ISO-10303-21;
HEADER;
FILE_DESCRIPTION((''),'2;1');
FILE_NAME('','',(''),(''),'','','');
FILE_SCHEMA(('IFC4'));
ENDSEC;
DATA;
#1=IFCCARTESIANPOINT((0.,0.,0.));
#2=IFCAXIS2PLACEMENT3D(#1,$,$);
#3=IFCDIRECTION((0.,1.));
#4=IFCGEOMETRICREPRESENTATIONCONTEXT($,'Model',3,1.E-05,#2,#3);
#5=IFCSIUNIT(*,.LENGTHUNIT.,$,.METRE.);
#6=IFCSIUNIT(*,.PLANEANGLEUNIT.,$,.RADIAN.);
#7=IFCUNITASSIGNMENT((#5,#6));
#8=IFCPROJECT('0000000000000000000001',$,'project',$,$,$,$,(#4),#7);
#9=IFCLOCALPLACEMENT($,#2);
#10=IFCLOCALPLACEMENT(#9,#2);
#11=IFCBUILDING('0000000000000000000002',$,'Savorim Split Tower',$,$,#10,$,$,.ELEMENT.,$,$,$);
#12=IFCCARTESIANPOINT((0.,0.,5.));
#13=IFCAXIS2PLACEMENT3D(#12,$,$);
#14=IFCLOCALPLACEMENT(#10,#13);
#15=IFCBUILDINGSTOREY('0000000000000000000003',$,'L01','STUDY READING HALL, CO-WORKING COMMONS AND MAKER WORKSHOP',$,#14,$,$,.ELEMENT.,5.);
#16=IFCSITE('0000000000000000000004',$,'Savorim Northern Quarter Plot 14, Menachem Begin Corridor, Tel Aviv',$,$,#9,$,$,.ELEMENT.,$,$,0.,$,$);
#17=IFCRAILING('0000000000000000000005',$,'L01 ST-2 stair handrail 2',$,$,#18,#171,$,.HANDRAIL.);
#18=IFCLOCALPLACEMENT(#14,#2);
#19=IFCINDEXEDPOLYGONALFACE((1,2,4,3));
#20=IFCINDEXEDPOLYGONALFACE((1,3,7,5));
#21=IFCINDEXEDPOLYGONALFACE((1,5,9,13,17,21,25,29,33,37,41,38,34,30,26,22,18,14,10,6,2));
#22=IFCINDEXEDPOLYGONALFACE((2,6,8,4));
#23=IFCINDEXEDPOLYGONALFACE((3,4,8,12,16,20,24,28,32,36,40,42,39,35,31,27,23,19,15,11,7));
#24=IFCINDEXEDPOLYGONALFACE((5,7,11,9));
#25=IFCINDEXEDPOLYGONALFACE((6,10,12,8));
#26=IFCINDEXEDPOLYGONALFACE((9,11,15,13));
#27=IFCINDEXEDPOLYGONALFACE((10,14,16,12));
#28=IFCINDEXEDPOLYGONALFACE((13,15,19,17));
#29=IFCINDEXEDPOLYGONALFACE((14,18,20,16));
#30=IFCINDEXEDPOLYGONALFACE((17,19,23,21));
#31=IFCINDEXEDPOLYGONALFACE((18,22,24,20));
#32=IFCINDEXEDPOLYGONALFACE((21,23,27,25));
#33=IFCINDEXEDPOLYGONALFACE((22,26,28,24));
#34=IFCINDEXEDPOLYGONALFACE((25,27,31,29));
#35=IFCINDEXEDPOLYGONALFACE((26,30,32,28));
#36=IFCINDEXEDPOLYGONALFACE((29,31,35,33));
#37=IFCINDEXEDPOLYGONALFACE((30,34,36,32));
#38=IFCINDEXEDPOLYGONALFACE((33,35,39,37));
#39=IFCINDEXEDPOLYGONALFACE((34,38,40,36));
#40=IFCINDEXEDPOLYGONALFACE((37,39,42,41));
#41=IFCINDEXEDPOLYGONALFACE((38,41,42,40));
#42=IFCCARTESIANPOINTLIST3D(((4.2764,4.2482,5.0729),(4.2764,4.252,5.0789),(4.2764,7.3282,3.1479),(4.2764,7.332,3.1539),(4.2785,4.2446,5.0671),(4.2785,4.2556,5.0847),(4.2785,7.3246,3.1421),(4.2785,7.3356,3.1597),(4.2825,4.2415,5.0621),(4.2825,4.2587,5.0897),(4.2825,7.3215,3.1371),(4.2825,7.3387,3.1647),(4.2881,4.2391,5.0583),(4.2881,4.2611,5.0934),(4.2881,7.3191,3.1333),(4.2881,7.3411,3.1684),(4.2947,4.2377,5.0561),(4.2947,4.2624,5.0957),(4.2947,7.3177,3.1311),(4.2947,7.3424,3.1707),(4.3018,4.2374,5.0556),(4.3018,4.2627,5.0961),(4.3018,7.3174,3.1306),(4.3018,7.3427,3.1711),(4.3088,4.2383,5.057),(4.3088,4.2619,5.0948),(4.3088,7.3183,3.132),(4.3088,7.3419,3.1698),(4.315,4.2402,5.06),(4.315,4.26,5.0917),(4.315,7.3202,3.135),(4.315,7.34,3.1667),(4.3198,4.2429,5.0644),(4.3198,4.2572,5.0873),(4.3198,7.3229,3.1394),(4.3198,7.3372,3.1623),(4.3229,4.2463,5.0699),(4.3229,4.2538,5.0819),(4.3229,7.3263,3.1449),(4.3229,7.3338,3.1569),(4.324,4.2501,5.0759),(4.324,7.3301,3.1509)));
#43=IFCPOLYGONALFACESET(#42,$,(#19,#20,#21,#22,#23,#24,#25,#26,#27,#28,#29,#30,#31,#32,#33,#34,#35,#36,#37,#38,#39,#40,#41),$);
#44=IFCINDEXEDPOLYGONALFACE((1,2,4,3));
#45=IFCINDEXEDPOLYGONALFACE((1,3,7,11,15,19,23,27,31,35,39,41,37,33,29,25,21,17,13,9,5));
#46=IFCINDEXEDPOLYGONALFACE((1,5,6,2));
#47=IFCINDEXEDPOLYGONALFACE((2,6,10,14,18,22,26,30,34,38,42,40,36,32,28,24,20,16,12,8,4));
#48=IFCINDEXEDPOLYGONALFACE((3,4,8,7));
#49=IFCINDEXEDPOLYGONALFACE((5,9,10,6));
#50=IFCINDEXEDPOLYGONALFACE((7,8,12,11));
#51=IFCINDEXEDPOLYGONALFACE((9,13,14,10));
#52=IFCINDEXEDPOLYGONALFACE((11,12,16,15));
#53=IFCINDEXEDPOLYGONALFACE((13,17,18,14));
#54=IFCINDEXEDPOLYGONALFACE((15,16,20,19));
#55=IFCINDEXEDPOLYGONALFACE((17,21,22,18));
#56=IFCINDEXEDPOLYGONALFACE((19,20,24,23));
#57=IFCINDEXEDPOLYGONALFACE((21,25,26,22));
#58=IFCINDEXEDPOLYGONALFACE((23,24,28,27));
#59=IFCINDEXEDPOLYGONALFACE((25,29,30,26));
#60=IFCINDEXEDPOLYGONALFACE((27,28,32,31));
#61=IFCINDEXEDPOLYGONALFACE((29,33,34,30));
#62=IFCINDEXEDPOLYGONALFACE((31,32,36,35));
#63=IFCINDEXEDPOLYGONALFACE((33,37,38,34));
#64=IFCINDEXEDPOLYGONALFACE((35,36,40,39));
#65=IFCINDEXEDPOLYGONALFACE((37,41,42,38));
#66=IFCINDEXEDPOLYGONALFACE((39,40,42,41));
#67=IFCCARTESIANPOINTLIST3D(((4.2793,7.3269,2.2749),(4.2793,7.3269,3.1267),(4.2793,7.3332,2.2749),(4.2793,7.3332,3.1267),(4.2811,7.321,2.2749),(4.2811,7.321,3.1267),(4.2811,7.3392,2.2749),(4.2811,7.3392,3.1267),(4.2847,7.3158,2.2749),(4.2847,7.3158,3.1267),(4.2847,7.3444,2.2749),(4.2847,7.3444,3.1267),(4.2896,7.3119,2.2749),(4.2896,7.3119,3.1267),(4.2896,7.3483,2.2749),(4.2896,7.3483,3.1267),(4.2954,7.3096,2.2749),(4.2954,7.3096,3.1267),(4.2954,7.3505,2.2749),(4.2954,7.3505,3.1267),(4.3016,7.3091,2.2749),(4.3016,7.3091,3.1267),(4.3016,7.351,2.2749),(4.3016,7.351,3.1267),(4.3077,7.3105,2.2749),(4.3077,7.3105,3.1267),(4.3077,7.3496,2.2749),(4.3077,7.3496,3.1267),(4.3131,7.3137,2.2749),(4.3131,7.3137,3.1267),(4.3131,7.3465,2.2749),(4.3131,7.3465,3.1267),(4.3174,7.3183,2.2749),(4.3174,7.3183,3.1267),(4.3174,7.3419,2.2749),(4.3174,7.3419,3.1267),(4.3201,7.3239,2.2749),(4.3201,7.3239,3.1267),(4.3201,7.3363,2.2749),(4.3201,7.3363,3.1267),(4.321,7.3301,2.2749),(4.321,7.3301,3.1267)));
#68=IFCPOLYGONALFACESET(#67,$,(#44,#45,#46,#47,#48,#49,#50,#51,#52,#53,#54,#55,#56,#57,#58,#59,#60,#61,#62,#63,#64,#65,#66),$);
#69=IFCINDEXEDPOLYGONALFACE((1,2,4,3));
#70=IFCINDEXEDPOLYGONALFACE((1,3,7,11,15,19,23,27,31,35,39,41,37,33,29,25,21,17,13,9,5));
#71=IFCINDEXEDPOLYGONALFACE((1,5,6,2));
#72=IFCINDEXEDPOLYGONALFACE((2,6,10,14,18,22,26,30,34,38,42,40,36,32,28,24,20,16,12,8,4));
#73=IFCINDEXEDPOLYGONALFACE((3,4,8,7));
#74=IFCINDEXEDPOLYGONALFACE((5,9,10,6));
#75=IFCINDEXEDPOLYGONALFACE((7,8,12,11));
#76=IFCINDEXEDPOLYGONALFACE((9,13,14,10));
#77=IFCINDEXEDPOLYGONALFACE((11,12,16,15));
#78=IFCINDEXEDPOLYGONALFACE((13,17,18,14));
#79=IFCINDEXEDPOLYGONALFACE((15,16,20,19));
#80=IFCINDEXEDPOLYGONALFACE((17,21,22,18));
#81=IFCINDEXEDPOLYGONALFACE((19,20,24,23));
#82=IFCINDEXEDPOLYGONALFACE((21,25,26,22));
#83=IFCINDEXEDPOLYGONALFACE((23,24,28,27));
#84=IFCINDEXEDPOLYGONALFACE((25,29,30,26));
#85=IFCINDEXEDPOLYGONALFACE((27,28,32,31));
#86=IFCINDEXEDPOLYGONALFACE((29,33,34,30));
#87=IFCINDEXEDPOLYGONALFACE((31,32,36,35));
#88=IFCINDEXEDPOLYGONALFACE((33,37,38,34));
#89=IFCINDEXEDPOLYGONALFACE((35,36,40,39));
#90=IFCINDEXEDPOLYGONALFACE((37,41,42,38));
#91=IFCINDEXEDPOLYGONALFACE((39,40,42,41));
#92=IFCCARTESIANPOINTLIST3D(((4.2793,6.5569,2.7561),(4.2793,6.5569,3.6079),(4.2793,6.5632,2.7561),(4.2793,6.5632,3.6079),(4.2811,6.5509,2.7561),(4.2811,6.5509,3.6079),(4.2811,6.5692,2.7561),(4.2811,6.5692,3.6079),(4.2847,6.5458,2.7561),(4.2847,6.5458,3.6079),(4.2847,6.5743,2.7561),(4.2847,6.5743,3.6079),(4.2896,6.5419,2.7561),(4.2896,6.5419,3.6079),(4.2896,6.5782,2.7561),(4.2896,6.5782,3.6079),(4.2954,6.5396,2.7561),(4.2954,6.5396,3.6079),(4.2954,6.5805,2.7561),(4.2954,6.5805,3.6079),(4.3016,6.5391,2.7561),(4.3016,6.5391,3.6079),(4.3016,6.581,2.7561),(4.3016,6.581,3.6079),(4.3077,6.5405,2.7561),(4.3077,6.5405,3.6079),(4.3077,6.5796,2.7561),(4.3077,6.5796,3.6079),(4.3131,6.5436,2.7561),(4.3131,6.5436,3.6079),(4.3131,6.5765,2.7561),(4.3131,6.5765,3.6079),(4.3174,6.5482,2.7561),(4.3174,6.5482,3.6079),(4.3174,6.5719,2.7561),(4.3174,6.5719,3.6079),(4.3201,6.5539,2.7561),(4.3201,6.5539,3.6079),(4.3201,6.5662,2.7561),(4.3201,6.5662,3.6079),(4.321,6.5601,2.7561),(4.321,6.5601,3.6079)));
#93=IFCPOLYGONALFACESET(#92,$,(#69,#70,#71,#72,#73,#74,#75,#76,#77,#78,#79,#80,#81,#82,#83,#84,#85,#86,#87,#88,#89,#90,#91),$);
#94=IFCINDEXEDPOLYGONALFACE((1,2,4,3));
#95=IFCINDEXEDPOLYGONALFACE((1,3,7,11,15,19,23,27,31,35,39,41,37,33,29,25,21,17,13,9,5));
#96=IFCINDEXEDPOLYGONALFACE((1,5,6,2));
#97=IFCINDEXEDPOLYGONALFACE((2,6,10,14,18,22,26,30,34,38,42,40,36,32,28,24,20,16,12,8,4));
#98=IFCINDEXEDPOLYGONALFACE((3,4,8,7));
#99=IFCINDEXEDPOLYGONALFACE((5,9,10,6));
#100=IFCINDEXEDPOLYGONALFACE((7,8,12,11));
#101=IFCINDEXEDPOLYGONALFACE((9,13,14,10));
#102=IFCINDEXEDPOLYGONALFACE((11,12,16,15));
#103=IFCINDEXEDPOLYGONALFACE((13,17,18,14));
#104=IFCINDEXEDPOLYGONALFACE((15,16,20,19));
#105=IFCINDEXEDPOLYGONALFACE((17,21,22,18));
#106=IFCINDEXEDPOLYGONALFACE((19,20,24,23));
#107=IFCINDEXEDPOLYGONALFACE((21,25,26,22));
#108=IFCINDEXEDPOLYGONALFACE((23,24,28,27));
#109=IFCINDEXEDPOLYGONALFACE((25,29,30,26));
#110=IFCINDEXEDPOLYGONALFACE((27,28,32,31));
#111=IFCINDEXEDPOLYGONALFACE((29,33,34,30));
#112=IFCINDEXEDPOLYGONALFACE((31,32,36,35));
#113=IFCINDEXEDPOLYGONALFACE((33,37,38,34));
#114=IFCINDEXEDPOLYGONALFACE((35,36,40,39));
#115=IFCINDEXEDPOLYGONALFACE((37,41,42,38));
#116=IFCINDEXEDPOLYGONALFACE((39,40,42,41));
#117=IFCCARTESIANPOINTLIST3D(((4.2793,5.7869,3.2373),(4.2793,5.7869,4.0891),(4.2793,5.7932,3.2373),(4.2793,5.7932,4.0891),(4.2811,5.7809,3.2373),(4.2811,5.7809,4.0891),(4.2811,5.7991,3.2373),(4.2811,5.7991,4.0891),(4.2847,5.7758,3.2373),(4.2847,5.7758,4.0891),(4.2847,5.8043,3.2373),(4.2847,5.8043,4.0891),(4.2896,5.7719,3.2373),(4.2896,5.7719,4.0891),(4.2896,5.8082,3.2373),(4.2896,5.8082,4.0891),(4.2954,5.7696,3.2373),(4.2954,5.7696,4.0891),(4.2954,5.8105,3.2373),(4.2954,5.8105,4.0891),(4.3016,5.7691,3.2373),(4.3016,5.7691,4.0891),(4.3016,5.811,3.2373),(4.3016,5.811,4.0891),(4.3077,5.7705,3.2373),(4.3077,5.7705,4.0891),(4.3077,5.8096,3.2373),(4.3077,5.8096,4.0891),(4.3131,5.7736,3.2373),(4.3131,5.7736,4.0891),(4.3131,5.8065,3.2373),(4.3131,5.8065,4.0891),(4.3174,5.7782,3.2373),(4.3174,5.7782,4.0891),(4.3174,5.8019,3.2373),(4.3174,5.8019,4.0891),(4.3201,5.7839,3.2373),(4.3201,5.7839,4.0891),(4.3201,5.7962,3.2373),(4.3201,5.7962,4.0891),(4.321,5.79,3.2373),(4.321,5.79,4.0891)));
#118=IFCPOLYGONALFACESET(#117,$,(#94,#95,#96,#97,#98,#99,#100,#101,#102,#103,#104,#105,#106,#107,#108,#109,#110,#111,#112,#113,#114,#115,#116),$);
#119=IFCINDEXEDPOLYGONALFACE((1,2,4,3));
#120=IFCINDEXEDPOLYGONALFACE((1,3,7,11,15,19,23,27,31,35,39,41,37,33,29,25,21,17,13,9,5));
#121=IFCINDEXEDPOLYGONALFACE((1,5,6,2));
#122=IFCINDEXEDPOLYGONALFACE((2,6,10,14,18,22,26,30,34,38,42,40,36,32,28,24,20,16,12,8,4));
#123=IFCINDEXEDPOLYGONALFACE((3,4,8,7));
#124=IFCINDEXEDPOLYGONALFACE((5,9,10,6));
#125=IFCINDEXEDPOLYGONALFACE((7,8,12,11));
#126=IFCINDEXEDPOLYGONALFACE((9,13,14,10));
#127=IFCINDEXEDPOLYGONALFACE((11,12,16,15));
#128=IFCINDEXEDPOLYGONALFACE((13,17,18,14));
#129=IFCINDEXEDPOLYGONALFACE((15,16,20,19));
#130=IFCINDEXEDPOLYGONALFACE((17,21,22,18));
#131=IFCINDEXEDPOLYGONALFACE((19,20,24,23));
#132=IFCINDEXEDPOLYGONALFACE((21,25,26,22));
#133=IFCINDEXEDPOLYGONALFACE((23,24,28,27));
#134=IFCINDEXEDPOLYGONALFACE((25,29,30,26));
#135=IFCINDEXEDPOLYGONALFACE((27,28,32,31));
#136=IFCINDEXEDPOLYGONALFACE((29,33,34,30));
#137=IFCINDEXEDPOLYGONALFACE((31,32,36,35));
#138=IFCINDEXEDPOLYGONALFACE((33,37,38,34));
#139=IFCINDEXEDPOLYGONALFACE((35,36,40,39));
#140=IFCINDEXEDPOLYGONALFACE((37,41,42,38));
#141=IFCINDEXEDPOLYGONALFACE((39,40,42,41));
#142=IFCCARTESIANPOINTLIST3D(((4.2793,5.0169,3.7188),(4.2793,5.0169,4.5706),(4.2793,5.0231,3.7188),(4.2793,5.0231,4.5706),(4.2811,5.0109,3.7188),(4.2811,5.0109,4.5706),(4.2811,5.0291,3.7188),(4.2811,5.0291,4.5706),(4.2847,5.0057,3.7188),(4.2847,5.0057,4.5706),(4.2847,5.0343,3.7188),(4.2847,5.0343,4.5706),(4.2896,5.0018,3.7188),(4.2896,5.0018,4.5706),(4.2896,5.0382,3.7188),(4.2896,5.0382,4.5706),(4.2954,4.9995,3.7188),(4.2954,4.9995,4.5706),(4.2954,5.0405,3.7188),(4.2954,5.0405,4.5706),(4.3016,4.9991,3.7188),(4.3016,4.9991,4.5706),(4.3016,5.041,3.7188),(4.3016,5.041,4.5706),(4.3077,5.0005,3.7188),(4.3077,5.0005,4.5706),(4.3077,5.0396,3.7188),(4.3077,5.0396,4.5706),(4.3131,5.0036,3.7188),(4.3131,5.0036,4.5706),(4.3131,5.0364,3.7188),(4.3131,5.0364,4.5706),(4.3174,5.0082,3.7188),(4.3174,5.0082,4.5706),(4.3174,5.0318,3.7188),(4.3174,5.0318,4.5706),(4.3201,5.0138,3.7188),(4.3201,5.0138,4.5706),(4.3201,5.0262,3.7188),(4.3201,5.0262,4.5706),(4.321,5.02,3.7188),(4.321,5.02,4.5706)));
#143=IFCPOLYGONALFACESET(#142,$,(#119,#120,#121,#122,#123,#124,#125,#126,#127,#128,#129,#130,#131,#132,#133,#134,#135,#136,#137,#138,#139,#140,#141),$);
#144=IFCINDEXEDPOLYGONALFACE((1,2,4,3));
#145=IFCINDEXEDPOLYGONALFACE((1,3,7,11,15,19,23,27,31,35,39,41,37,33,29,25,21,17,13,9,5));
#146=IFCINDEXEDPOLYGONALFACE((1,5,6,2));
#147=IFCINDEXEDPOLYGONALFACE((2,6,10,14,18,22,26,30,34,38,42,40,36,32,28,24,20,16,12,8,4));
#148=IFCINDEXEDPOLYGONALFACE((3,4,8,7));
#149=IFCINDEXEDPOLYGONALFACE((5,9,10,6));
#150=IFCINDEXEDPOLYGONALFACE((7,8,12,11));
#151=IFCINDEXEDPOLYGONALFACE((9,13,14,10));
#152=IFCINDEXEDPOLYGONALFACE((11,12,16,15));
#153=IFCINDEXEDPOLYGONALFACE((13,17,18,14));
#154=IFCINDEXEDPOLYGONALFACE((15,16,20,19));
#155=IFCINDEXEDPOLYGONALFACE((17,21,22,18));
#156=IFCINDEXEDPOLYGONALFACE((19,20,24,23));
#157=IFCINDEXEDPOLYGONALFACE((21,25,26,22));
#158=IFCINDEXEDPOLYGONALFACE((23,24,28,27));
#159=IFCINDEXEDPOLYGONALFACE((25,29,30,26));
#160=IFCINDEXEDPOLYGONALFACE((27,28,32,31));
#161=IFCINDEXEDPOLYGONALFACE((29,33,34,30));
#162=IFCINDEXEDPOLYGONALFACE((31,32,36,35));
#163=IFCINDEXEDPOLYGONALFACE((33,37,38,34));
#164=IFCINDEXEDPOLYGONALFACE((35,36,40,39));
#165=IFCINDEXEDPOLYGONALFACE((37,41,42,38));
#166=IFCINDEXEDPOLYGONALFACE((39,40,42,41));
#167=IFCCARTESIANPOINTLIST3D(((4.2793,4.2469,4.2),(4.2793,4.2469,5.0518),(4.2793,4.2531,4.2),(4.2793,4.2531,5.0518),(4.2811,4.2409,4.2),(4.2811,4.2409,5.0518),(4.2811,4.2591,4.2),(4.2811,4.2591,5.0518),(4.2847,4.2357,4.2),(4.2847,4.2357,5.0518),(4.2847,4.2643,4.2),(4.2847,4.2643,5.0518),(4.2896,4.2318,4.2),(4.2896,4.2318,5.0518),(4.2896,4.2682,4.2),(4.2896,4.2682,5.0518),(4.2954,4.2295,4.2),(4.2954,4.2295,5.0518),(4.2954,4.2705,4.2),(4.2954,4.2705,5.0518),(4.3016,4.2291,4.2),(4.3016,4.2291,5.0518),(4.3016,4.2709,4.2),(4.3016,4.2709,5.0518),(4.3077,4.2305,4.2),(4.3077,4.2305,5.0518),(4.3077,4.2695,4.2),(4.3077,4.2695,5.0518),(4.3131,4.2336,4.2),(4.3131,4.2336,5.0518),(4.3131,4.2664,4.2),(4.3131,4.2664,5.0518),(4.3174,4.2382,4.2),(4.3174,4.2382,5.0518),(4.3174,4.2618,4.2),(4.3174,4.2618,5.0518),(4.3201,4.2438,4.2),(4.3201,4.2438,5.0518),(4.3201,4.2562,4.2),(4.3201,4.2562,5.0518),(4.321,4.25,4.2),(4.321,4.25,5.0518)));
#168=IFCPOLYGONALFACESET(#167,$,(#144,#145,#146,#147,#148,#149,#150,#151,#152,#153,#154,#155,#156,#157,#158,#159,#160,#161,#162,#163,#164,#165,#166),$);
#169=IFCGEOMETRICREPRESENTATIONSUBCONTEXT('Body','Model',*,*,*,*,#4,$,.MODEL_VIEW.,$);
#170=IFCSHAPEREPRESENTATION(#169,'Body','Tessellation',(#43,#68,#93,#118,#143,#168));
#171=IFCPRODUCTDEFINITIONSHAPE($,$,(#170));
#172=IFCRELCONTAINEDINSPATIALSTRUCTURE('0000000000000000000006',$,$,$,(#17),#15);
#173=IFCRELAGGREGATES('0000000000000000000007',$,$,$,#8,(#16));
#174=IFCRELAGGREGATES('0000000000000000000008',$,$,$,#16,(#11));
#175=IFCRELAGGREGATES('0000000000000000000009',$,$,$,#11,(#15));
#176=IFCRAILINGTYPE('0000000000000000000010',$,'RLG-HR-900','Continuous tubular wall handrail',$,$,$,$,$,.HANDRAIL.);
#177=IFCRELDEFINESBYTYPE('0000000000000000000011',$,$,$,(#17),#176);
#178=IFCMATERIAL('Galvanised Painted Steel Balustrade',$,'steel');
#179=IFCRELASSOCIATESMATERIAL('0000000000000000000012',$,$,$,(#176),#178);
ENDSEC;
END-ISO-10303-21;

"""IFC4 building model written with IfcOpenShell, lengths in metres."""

from ifc_helpers import new_model, si_unit, direction, frame, origin, origin_2d, place, context, subcontext, project, spatial, circle, extrude, material, type_object, element, save


model = new_model("IFC4")

# Units and contexts
model_context = context("Model", 3, precision=1e-05, world=origin(), true_north=direction((0.0, 1.0)))
body_context = subcontext(model_context, "Body", "Model", "MODEL_VIEW")
ifc_project = project(units=[si_unit("LENGTHUNIT", "METRE"), si_unit("PLANEANGLEUNIT", "RADIAN")], contexts=[model_context])

# Site, building, storey
site_placement = place(None, origin())
site = spatial("IfcSite", under=ifc_project, at=site_placement, Name="Savorim Northern Quarter Plot 14, Menachem Begin Corridor, Tel Aviv", CompositionType="ELEMENT", RefElevation=0.0)
building_placement = place(site_placement, origin())
building = spatial("IfcBuilding", under=site, at=building_placement, Name="Savorim Split Tower", CompositionType="ELEMENT")
storey_placement = place(building_placement, frame((0.0, 0.0, 5.0)))
storey = spatial("IfcBuildingStorey", under=building, at=storey_placement, Name="L01", Description="STUDY READING HALL, CO-WORKING COMMONS AND MAKER WORKSHOP", CompositionType="ELEMENT", Elevation=5.0)

# Railing
ifc_material_1 = material(Name="Galvanised Painted Steel Balustrade", Category="steel")
railing_type_1 = type_object("IfcRailingType", Name="RLG-HR-900", Description="Continuous tubular wall handrail", PredefinedType="HANDRAIL", material=ifc_material_1)
railing_1_placement = place(storey_placement, frame((4.3, 7.3301, 2.2749)))
element("IfcRailing", 1, at=railing_1_placement, inside=storey, type_object=railing_type_1, Name="L01 ST-2 stair handrail 2", PredefinedType="HANDRAIL", context=body_context, shape_type="SweptSolid", body=[
    extrude(circle(Radius=0.0239, at=origin_2d()), frame((0.0, 0.0, 0.876), z_axis=(0.0, -0.847998, 0.529999), x_axis=(1.0, 0.0, 0.0)), (0.0, 0.0, 1.0), 3.6321),
    extrude(circle(Radius=0.021, at=origin_2d()), origin(), (0.0, 0.0, 1.0), 0.8518),
    extrude(circle(Radius=0.021, at=origin_2d()), frame((0.0, -0.77, 0.4812)), (0.0, 0.0, 1.0), 0.8518),
    extrude(circle(Radius=0.021, at=origin_2d()), frame((0.0, -1.54, 0.9624)), (0.0, 0.0, 1.0), 0.8518),
    extrude(circle(Radius=0.021, at=origin_2d()), frame((0.0, -2.3101, 1.4438)), (0.0, 0.0, 1.0), 0.8518),
    extrude(circle(Radius=0.021, at=origin_2d()), frame((0.0, -3.0801, 1.925)), (0.0, 0.0, 1.0), 0.8518),
])

save(model, "model.ifc")
